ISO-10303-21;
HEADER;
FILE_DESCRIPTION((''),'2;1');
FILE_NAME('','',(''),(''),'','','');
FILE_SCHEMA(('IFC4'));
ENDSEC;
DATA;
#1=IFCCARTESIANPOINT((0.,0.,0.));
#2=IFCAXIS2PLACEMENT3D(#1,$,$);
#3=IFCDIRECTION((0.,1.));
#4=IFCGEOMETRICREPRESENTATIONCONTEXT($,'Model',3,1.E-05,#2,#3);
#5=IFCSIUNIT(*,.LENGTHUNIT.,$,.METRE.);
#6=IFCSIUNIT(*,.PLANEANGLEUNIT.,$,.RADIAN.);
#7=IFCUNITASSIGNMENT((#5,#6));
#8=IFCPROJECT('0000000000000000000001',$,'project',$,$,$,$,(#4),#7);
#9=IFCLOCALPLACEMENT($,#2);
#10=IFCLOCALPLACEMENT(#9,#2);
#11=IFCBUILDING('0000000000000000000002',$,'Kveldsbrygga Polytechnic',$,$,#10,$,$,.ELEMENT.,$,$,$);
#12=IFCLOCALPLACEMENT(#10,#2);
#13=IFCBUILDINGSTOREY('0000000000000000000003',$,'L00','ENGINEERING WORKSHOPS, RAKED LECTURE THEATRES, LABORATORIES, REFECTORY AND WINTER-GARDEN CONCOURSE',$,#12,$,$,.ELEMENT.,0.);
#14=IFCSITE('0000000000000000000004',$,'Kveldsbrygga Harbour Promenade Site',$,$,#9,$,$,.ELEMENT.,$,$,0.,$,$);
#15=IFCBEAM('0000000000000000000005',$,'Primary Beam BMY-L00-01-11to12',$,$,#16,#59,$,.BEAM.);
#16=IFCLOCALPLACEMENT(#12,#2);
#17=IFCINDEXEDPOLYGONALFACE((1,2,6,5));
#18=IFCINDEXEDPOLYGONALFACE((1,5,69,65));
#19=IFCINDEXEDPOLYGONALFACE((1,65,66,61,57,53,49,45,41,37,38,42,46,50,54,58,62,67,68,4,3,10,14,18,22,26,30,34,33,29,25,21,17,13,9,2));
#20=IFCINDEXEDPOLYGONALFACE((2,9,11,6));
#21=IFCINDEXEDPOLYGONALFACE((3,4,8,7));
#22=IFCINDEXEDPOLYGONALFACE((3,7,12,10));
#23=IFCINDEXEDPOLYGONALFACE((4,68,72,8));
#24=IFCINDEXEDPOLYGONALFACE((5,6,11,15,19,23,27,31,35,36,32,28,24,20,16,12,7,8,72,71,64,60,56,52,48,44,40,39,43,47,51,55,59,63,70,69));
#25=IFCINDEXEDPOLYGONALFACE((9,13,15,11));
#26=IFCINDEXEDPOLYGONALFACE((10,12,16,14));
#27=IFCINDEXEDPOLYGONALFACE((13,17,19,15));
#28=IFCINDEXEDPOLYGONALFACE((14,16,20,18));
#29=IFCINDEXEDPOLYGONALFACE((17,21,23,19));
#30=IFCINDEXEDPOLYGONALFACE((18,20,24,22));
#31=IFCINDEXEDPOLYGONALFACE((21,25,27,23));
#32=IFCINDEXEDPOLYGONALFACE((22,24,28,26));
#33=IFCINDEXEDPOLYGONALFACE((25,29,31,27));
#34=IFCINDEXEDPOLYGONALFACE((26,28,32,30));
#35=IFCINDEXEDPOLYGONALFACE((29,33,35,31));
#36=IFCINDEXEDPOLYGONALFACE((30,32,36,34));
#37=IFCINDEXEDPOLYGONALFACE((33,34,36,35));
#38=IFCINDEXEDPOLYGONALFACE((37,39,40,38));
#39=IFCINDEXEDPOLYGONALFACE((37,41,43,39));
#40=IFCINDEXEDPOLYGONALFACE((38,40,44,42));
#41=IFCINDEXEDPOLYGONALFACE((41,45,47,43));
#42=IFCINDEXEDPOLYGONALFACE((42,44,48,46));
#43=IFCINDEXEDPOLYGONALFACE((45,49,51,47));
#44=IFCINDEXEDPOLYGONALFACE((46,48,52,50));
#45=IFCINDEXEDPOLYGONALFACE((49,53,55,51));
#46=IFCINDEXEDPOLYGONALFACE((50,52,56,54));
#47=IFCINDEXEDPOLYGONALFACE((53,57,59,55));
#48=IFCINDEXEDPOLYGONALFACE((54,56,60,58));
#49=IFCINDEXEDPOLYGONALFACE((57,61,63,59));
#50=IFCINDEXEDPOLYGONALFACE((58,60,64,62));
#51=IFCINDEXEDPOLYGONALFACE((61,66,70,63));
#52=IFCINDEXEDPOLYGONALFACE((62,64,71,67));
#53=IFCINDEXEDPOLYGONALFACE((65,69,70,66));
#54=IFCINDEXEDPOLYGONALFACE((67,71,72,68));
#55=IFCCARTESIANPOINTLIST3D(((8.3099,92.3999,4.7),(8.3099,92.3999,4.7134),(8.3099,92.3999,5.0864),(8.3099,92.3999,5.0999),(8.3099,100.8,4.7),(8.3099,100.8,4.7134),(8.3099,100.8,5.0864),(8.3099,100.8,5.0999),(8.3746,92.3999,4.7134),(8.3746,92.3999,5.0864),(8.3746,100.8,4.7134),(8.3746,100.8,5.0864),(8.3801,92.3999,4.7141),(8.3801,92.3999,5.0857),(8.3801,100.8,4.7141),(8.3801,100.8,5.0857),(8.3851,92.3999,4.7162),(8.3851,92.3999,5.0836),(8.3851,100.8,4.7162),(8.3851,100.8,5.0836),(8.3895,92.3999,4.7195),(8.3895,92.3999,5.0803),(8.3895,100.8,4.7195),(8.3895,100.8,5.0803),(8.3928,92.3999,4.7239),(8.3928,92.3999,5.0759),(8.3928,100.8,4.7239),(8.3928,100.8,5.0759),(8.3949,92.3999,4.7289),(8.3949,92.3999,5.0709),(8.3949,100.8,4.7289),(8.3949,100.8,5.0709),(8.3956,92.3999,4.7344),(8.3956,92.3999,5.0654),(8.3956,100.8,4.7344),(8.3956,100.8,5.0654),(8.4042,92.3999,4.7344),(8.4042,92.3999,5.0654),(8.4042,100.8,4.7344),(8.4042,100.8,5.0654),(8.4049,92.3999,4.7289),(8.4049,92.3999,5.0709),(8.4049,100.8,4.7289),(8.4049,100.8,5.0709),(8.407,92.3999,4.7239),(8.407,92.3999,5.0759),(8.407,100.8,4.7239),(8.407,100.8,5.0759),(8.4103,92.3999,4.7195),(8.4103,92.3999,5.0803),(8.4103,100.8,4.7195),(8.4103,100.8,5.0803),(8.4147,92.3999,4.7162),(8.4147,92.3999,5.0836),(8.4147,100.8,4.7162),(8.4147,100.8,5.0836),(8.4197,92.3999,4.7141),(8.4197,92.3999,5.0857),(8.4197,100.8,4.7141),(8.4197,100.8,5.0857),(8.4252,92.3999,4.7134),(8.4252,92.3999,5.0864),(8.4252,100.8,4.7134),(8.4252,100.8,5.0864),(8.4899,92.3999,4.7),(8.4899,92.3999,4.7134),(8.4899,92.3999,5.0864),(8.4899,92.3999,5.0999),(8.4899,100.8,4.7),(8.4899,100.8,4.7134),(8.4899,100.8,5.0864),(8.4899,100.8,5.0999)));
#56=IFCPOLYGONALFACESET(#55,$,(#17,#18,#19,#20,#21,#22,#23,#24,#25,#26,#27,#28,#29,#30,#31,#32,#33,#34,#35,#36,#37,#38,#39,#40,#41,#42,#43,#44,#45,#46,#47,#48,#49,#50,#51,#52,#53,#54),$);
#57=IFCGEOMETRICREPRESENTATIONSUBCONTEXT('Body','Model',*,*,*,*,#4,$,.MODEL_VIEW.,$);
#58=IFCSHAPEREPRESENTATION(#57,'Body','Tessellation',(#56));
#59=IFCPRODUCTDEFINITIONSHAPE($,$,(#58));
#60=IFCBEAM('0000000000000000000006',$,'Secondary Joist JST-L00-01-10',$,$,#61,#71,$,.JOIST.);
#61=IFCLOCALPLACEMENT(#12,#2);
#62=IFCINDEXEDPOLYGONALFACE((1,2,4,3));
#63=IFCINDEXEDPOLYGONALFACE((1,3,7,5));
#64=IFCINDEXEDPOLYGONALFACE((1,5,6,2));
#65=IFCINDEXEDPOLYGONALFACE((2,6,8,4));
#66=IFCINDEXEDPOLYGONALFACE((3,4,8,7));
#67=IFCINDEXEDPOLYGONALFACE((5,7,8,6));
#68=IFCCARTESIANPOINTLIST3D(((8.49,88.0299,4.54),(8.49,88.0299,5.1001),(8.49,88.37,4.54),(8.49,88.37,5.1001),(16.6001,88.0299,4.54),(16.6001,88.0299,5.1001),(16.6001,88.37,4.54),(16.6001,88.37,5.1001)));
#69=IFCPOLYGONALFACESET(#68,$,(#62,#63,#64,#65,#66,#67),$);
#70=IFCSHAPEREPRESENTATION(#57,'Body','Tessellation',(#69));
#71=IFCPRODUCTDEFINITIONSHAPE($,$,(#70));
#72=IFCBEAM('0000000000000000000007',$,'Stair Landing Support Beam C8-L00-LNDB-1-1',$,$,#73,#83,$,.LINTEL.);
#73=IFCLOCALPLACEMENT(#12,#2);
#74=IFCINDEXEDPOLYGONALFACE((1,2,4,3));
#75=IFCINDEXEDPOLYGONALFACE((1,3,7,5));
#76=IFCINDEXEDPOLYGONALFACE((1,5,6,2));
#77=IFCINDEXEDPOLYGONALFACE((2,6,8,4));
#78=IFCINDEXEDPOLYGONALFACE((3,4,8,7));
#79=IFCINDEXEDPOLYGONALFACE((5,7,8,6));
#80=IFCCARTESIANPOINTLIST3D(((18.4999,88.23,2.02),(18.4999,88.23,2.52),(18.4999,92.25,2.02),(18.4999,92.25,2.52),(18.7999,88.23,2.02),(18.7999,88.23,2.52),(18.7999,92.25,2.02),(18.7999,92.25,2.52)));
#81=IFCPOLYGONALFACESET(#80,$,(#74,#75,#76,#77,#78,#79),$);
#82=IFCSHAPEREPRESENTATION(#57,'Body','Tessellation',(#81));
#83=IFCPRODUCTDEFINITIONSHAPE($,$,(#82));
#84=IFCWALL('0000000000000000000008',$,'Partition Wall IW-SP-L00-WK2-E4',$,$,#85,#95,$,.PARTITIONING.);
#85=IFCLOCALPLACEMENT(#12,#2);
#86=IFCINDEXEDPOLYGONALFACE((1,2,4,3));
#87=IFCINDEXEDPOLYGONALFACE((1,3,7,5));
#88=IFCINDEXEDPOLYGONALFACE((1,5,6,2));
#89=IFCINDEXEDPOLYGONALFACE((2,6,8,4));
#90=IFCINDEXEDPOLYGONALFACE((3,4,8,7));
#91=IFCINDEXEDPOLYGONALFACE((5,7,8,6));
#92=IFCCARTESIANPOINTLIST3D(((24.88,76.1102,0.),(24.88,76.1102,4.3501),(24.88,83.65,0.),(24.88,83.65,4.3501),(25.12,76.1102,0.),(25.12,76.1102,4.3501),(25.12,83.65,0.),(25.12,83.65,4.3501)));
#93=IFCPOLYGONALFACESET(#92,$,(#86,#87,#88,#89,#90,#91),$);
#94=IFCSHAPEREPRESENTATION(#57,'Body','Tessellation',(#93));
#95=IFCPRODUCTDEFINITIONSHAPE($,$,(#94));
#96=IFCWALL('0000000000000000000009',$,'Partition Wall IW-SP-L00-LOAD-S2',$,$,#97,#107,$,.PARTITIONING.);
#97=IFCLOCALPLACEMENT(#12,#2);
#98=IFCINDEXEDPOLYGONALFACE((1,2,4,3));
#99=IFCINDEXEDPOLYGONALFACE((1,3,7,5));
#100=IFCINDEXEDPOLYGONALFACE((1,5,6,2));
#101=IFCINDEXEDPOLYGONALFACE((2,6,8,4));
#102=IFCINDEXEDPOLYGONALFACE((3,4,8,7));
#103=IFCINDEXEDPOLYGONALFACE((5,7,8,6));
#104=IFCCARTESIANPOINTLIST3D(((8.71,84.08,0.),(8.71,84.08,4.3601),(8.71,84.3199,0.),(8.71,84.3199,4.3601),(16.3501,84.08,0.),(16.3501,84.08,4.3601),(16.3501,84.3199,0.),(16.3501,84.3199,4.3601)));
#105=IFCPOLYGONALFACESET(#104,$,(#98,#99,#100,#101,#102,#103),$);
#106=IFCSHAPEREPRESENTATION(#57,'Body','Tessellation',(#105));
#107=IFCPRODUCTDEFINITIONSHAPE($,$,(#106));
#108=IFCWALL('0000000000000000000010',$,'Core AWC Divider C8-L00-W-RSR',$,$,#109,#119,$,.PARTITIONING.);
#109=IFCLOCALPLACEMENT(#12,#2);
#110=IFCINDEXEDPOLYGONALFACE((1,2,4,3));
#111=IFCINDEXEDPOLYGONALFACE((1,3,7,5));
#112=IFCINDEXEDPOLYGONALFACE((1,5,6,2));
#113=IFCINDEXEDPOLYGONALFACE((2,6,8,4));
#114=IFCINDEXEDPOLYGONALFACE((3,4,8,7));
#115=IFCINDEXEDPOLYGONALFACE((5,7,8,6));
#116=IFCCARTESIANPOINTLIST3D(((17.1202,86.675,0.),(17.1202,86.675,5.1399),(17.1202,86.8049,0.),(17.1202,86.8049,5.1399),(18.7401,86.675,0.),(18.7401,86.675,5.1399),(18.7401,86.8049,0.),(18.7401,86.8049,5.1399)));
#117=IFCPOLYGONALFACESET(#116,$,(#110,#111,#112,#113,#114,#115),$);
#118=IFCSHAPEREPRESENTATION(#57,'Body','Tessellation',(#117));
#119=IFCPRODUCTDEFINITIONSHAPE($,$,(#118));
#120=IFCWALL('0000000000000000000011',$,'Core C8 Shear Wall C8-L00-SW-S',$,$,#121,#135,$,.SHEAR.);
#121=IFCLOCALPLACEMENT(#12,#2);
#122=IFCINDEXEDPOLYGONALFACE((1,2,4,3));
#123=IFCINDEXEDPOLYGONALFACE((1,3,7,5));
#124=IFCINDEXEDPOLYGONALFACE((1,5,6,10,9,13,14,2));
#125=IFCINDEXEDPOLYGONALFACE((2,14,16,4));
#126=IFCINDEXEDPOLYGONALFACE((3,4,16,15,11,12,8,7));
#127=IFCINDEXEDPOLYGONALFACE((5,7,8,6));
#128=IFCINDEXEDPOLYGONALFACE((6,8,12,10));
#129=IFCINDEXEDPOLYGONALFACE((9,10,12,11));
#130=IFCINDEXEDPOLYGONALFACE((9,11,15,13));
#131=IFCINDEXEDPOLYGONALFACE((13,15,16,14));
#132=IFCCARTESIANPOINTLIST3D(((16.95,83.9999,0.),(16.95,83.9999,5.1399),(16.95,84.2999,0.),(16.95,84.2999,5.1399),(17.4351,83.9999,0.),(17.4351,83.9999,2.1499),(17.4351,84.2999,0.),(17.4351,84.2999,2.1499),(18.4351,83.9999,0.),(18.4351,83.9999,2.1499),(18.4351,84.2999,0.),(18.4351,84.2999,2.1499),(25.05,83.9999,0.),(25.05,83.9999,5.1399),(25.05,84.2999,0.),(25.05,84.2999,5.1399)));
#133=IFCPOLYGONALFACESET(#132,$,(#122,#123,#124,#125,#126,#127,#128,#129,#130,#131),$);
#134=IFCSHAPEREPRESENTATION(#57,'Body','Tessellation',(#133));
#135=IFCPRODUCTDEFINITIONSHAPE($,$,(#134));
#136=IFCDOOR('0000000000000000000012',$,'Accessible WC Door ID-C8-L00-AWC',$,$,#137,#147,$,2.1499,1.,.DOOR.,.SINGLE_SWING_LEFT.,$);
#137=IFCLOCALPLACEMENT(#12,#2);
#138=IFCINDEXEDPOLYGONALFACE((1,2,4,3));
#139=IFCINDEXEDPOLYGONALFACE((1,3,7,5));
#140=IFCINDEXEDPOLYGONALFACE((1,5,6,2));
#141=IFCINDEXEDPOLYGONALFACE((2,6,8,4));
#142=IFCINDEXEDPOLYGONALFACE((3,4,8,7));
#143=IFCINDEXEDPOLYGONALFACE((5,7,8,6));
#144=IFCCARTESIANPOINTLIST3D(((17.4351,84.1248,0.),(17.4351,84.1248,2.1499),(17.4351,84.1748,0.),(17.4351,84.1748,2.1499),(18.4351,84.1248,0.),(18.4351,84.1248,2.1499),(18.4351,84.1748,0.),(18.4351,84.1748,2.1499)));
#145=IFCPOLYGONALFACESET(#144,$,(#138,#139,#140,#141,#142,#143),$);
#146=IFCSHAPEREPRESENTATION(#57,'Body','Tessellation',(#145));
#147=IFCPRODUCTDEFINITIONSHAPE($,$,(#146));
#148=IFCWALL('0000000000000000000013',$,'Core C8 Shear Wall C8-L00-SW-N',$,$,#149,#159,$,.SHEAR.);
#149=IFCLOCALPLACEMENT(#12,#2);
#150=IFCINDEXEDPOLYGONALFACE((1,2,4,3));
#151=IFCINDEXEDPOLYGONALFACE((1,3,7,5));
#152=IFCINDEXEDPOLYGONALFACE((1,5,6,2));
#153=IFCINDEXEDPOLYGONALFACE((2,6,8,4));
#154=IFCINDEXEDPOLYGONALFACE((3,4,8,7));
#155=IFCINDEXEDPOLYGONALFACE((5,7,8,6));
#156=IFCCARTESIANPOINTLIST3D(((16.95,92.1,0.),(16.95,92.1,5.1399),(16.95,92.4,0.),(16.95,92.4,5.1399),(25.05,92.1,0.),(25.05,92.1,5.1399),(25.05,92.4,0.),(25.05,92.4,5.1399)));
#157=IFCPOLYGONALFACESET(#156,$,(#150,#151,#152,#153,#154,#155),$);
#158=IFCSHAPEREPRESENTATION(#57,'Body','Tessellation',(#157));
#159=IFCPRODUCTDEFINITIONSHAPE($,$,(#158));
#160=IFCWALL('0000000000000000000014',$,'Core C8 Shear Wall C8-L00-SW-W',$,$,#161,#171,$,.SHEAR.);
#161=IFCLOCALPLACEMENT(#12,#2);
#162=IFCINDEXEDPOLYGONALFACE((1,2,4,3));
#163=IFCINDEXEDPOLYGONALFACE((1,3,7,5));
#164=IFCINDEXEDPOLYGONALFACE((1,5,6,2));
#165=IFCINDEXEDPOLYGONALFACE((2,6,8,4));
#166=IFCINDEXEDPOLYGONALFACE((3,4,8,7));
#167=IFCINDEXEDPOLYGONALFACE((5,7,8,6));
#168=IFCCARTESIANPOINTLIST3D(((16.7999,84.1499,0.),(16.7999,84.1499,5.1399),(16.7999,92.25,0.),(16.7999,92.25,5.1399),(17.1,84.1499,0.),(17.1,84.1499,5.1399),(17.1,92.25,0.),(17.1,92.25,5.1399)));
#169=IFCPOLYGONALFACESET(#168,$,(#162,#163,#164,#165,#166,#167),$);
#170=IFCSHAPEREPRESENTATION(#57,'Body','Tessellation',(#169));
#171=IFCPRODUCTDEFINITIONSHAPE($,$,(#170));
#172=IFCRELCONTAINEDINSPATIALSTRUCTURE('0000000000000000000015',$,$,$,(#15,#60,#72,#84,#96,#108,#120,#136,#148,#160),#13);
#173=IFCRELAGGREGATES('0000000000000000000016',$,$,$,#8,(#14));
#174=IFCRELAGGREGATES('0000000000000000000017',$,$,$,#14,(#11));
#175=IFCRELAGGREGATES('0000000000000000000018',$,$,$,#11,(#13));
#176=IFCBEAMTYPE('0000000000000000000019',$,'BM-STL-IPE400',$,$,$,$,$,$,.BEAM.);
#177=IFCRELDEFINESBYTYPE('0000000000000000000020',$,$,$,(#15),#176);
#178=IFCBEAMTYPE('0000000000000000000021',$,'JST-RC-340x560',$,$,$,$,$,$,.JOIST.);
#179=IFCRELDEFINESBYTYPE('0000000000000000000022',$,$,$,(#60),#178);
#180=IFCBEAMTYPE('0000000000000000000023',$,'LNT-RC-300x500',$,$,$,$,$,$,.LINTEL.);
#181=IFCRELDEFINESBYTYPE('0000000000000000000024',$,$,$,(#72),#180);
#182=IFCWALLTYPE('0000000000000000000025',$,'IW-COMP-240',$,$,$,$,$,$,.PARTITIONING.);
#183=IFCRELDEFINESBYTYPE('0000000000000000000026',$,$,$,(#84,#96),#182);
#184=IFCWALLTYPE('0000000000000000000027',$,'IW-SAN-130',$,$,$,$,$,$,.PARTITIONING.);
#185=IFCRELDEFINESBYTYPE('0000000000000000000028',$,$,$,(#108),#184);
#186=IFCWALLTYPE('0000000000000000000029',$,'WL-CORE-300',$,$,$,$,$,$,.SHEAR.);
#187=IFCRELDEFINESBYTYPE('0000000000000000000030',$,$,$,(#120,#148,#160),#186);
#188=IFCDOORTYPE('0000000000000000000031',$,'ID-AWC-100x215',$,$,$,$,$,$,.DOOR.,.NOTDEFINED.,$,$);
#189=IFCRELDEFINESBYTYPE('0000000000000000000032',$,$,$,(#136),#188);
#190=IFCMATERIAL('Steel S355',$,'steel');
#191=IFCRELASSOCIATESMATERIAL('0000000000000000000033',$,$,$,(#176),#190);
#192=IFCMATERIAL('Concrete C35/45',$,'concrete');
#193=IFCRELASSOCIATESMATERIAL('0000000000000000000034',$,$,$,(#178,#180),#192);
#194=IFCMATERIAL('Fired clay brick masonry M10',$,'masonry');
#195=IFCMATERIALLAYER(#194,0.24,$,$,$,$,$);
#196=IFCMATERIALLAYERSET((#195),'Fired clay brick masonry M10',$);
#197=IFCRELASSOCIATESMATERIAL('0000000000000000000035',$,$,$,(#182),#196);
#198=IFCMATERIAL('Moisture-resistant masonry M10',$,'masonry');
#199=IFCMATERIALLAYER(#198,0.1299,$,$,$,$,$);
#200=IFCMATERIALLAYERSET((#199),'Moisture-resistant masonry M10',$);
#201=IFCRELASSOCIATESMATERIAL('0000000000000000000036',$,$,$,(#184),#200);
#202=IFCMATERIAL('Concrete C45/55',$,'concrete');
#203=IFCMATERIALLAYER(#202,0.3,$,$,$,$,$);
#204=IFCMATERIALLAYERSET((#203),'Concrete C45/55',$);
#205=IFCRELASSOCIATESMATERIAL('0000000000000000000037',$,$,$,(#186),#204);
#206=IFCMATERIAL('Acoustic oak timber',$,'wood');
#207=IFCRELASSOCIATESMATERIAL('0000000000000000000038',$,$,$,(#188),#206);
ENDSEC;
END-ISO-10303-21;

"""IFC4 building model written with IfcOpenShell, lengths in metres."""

from ifc_helpers import new_model, si_unit, direction, frame, frame_2d, origin, origin_2d, place, context, subcontext, project, spatial, rectangle, i_section, extrude, material, layer, layer_set, material_profile, profile_set, type_object, element, fill, save


model = new_model("IFC4")

# Units and contexts
model_context = context("Model", 3, precision=1e-05, world=origin(), true_north=direction((0.0, 1.0)))
body_context = subcontext(model_context, "Body", "Model", "MODEL_VIEW")
ifc_project = project(units=[si_unit("LENGTHUNIT", "METRE"), si_unit("PLANEANGLEUNIT", "RADIAN")], contexts=[model_context])

# Site, building, storey
site_placement = place(None, origin())
site = spatial("IfcSite", under=ifc_project, at=site_placement, Name="Kveldsbrygga Harbour Promenade Site", CompositionType="ELEMENT", RefElevation=0.0)
building_placement = place(site_placement, origin())
building = spatial("IfcBuilding", under=site, at=building_placement, Name="Kveldsbrygga Polytechnic", CompositionType="ELEMENT")
storey_placement = place(building_placement, origin())
storey = spatial("IfcBuildingStorey", under=building, at=storey_placement, Name="L00", Description="ENGINEERING WORKSHOPS, RAKED LECTURE THEATRES, LABORATORIES, REFECTORY AND WINTER-GARDEN CONCOURSE", CompositionType="ELEMENT", Elevation=0.0)

# Shared definitions
ifc_material_1 = material(Name="Concrete C45/55", Category="concrete")

# Beams
ifc_material_2 = material(Name="Concrete C35/45", Category="concrete")
ifc_material_3 = material(Name="Steel S355", Category="steel")
ifc_material_profile_1 = material_profile(ifc_material_3, i_section(OverallWidth=0.1799, OverallDepth=0.3999, WebThickness=0.0085, FlangeThickness=0.0134, FilletRadius=0.021, at=origin_2d()), Name="IPE 400")
ifc_profile_set_1 = profile_set([ifc_material_profile_1], Name="Steel S355")
beam_type_1 = type_object("IfcBeamType", Name="BM-STL-IPE400", PredefinedType="BEAM", material=ifc_profile_set_1)
beam_1_placement = place(storey_placement, frame((8.3999, 92.3999, 4.8999), z_axis=(0.0, 1.0, 0.0), x_axis=(-1.0, 0.0, 0.0)))
element("IfcBeam", 1, at=beam_1_placement, inside=storey, type_object=beam_type_1, Name="Primary Beam BMY-L00-01-11to12", PredefinedType="BEAM", context=body_context, shape_type="SweptSolid", body=[
    extrude(i_section(OverallWidth=0.1799, OverallDepth=0.3999, WebThickness=0.0085, FlangeThickness=0.0134, FilletRadius=0.021, at=origin_2d()), origin(), (0.0, 0.0, 1.0), 8.4001),
])
ifc_material_profile_2 = material_profile(ifc_material_2, rectangle(XDim=0.3401, YDim=0.5601, at=origin_2d()), Name="RC 340x560")
ifc_profile_set_2 = profile_set([ifc_material_profile_2], Name="Concrete C35/45")
beam_type_2 = type_object("IfcBeamType", Name="JST-RC-340x560", PredefinedType="JOIST", material=ifc_profile_set_2)
beam_2_placement = place(storey_placement, frame((8.49, 88.2, 4.8201), z_axis=(1.0, 0.0, 0.0), x_axis=(0.0, 1.0, 0.0)))
element("IfcBeam", 2, at=beam_2_placement, inside=storey, type_object=beam_type_2, Name="Secondary Joist JST-L00-01-10", PredefinedType="JOIST", context=body_context, shape_type="SweptSolid", body=[
    extrude(rectangle(XDim=0.3401, YDim=0.5601, at=origin_2d()), origin(), (0.0, 0.0, 1.0), 8.1101),
])
ifc_material_profile_3 = material_profile(ifc_material_2, rectangle(XDim=0.3, YDim=0.5, at=origin_2d()), Name="RC 300x500")
ifc_profile_set_3 = profile_set([ifc_material_profile_3], Name="Concrete C35/45")
beam_type_3 = type_object("IfcBeamType", Name="LNT-RC-300x500", PredefinedType="LINTEL", material=ifc_profile_set_3)
beam_3_placement = place(storey_placement, frame((18.6499, 88.23, 2.27), z_axis=(0.0, 1.0, 0.0), x_axis=(-1.0, 0.0, 0.0)))
element("IfcBeam", 3, at=beam_3_placement, inside=storey, type_object=beam_type_3, Name="Stair Landing Support Beam C8-L00-LNDB-1-1", PredefinedType="LINTEL", context=body_context, shape_type="SweptSolid", body=[
    extrude(rectangle(XDim=0.3, YDim=0.5, at=origin_2d()), origin(), (0.0, 0.0, 1.0), 4.02),
])

# Walls
ifc_material_4 = material(Name="Fired clay brick masonry M10", Category="masonry")
ifc_layer_1 = layer(ifc_material_4, 0.24)
ifc_layer_set_1 = layer_set([ifc_layer_1], Name="Fired clay brick masonry M10")
wall_type_1 = type_object("IfcWallType", Name="IW-COMP-240", PredefinedType="PARTITIONING", material=ifc_layer_set_1)
wall_1_placement = place(storey_placement, frame((25.0, 76.1101, 0.0), z_axis=(0.0, 0.0, 1.0), x_axis=(0.0, 1.0, 0.0)))
element("IfcWall", 4, at=wall_1_placement, inside=storey, type_object=wall_type_1, Name="Partition Wall IW-SP-L00-WK2-E4", PredefinedType="PARTITIONING", context=body_context, shape_type="SweptSolid", body=[
    extrude(rectangle(XDim=7.5398, YDim=0.24, at=frame_2d((3.77, 0.0))), origin(), (0.0, 0.0, 1.0), 4.3501),
])
wall_2_placement = place(storey_placement, frame((8.71, 84.2, 0.0), z_axis=(0.0, 0.0, 1.0), x_axis=(1.0, 0.0, 0.0)))
element("IfcWall", 5, at=wall_2_placement, inside=storey, type_object=wall_type_1, Name="Partition Wall IW-SP-L00-LOAD-S2", PredefinedType="PARTITIONING", context=body_context, shape_type="SweptSolid", body=[
    extrude(rectangle(XDim=7.6401, YDim=0.24, at=frame_2d((3.8201, 0.0))), origin(), (0.0, 0.0, 1.0), 4.3601),
])
ifc_material_5 = material(Name="Moisture-resistant masonry M10", Category="masonry")
ifc_layer_2 = layer(ifc_material_5, 0.1299)
ifc_layer_set_2 = layer_set([ifc_layer_2], Name="Moisture-resistant masonry M10")
wall_type_2 = type_object("IfcWallType", Name="IW-SAN-130", PredefinedType="PARTITIONING", material=ifc_layer_set_2)
wall_3_placement = place(storey_placement, frame((17.1201, 86.74, 0.0), z_axis=(0.0, 0.0, 1.0), x_axis=(1.0, 0.0, 0.0)))
element("IfcWall", 6, at=wall_3_placement, inside=storey, type_object=wall_type_2, Name="Core AWC Divider C8-L00-W-RSR", PredefinedType="PARTITIONING", context=body_context, shape_type="SweptSolid", body=[
    extrude(rectangle(XDim=1.6199, YDim=0.1299, at=frame_2d((0.8101, 0.0))), origin(), (0.0, 0.0, 1.0), 5.1399),
])

# Wall, opening, door
ifc_layer_3 = layer(ifc_material_1, 0.3)
ifc_layer_set_3 = layer_set([ifc_layer_3], Name="Concrete C45/55")
wall_type_3 = type_object("IfcWallType", Name="WL-CORE-300", PredefinedType="SHEAR", material=ifc_layer_set_3)
wall_4_placement = place(storey_placement, frame((16.95, 84.1499, 0.0), z_axis=(0.0, 0.0, 1.0), x_axis=(1.0, 0.0, 0.0)))
wall_4 = element("IfcWall", 7, at=wall_4_placement, inside=storey, type_object=wall_type_3, Name="Core C8 Shear Wall C8-L00-SW-S", PredefinedType="SHEAR", context=body_context, shape_type="SweptSolid", body=[
    extrude(rectangle(XDim=8.1001, YDim=0.3, at=frame_2d((4.05, 0.0))), origin(), (0.0, 0.0, 1.0), 5.1399),
])
opening_1_placement = place(wall_4_placement, frame((0.4851, 0.0, 0.0)))
opening_1 = element("IfcOpeningElement", 8, at=opening_1_placement, cuts=wall_4, PredefinedType="OPENING", context=body_context, shape_type="SweptSolid", body=[
    extrude(rectangle(XDim=1.0, YDim=2.1499, at=frame_2d((0.5, 1.075))), frame((0.0, 0.1602, 0.0), z_axis=(0.0, -1.0, 0.0), x_axis=(1.0, 0.0, 0.0)), (0.0, 0.0, 1.0), 0.3201),
])
ifc_material_6 = material(Name="Acoustic oak timber", Category="wood")
door_type_1 = type_object("IfcDoorType", Name="ID-AWC-100x215", OperationType="NOTDEFINED", PredefinedType="DOOR", material=ifc_material_6)
door_1_placement = place(opening_1_placement, origin())
door_1 = element("IfcDoor", 9, at=door_1_placement, inside=storey, type_object=door_type_1, Name="Accessible WC Door ID-C8-L00-AWC", OperationType="SINGLE_SWING_LEFT", OverallHeight=2.1499, OverallWidth=1.0, PredefinedType="DOOR", context=body_context, shape_type="SweptSolid", body=[
    extrude(rectangle(XDim=1.0, YDim=2.1499, at=frame_2d((0.5, 1.075))), frame((0.0, 0.0249, 0.0), z_axis=(0.0, -1.0, 0.0), x_axis=(1.0, 0.0, 0.0)), (0.0, 0.0, 1.0), 0.05),
])
fill(opening_1, door_1)

# Walls
for number, where, z_axis, x_axis, name in (
    (10, (16.95, 92.25, 0.0), (0.0, 0.0, 1.0), (1.0, 0.0, 0.0), "Core C8 Shear Wall C8-L00-SW-N"),
    (11, (16.95, 84.1499, 0.0), (0.0, 0.0, 1.0), (0.0, 1.0, 0.0), "Core C8 Shear Wall C8-L00-SW-W"),
):
    element("IfcWall", number, at=place(storey_placement, frame(where, z_axis=z_axis, x_axis=x_axis)), inside=storey, type_object=wall_type_3, Name=name, PredefinedType="SHEAR", context=body_context, shape_type="SweptSolid", body=[
        extrude(rectangle(XDim=8.1001, YDim=0.3, at=frame_2d((4.05, 0.0))), origin(), (0.0, 0.0, 1.0), 5.1399),
    ])

save(model, "model.ifc")
